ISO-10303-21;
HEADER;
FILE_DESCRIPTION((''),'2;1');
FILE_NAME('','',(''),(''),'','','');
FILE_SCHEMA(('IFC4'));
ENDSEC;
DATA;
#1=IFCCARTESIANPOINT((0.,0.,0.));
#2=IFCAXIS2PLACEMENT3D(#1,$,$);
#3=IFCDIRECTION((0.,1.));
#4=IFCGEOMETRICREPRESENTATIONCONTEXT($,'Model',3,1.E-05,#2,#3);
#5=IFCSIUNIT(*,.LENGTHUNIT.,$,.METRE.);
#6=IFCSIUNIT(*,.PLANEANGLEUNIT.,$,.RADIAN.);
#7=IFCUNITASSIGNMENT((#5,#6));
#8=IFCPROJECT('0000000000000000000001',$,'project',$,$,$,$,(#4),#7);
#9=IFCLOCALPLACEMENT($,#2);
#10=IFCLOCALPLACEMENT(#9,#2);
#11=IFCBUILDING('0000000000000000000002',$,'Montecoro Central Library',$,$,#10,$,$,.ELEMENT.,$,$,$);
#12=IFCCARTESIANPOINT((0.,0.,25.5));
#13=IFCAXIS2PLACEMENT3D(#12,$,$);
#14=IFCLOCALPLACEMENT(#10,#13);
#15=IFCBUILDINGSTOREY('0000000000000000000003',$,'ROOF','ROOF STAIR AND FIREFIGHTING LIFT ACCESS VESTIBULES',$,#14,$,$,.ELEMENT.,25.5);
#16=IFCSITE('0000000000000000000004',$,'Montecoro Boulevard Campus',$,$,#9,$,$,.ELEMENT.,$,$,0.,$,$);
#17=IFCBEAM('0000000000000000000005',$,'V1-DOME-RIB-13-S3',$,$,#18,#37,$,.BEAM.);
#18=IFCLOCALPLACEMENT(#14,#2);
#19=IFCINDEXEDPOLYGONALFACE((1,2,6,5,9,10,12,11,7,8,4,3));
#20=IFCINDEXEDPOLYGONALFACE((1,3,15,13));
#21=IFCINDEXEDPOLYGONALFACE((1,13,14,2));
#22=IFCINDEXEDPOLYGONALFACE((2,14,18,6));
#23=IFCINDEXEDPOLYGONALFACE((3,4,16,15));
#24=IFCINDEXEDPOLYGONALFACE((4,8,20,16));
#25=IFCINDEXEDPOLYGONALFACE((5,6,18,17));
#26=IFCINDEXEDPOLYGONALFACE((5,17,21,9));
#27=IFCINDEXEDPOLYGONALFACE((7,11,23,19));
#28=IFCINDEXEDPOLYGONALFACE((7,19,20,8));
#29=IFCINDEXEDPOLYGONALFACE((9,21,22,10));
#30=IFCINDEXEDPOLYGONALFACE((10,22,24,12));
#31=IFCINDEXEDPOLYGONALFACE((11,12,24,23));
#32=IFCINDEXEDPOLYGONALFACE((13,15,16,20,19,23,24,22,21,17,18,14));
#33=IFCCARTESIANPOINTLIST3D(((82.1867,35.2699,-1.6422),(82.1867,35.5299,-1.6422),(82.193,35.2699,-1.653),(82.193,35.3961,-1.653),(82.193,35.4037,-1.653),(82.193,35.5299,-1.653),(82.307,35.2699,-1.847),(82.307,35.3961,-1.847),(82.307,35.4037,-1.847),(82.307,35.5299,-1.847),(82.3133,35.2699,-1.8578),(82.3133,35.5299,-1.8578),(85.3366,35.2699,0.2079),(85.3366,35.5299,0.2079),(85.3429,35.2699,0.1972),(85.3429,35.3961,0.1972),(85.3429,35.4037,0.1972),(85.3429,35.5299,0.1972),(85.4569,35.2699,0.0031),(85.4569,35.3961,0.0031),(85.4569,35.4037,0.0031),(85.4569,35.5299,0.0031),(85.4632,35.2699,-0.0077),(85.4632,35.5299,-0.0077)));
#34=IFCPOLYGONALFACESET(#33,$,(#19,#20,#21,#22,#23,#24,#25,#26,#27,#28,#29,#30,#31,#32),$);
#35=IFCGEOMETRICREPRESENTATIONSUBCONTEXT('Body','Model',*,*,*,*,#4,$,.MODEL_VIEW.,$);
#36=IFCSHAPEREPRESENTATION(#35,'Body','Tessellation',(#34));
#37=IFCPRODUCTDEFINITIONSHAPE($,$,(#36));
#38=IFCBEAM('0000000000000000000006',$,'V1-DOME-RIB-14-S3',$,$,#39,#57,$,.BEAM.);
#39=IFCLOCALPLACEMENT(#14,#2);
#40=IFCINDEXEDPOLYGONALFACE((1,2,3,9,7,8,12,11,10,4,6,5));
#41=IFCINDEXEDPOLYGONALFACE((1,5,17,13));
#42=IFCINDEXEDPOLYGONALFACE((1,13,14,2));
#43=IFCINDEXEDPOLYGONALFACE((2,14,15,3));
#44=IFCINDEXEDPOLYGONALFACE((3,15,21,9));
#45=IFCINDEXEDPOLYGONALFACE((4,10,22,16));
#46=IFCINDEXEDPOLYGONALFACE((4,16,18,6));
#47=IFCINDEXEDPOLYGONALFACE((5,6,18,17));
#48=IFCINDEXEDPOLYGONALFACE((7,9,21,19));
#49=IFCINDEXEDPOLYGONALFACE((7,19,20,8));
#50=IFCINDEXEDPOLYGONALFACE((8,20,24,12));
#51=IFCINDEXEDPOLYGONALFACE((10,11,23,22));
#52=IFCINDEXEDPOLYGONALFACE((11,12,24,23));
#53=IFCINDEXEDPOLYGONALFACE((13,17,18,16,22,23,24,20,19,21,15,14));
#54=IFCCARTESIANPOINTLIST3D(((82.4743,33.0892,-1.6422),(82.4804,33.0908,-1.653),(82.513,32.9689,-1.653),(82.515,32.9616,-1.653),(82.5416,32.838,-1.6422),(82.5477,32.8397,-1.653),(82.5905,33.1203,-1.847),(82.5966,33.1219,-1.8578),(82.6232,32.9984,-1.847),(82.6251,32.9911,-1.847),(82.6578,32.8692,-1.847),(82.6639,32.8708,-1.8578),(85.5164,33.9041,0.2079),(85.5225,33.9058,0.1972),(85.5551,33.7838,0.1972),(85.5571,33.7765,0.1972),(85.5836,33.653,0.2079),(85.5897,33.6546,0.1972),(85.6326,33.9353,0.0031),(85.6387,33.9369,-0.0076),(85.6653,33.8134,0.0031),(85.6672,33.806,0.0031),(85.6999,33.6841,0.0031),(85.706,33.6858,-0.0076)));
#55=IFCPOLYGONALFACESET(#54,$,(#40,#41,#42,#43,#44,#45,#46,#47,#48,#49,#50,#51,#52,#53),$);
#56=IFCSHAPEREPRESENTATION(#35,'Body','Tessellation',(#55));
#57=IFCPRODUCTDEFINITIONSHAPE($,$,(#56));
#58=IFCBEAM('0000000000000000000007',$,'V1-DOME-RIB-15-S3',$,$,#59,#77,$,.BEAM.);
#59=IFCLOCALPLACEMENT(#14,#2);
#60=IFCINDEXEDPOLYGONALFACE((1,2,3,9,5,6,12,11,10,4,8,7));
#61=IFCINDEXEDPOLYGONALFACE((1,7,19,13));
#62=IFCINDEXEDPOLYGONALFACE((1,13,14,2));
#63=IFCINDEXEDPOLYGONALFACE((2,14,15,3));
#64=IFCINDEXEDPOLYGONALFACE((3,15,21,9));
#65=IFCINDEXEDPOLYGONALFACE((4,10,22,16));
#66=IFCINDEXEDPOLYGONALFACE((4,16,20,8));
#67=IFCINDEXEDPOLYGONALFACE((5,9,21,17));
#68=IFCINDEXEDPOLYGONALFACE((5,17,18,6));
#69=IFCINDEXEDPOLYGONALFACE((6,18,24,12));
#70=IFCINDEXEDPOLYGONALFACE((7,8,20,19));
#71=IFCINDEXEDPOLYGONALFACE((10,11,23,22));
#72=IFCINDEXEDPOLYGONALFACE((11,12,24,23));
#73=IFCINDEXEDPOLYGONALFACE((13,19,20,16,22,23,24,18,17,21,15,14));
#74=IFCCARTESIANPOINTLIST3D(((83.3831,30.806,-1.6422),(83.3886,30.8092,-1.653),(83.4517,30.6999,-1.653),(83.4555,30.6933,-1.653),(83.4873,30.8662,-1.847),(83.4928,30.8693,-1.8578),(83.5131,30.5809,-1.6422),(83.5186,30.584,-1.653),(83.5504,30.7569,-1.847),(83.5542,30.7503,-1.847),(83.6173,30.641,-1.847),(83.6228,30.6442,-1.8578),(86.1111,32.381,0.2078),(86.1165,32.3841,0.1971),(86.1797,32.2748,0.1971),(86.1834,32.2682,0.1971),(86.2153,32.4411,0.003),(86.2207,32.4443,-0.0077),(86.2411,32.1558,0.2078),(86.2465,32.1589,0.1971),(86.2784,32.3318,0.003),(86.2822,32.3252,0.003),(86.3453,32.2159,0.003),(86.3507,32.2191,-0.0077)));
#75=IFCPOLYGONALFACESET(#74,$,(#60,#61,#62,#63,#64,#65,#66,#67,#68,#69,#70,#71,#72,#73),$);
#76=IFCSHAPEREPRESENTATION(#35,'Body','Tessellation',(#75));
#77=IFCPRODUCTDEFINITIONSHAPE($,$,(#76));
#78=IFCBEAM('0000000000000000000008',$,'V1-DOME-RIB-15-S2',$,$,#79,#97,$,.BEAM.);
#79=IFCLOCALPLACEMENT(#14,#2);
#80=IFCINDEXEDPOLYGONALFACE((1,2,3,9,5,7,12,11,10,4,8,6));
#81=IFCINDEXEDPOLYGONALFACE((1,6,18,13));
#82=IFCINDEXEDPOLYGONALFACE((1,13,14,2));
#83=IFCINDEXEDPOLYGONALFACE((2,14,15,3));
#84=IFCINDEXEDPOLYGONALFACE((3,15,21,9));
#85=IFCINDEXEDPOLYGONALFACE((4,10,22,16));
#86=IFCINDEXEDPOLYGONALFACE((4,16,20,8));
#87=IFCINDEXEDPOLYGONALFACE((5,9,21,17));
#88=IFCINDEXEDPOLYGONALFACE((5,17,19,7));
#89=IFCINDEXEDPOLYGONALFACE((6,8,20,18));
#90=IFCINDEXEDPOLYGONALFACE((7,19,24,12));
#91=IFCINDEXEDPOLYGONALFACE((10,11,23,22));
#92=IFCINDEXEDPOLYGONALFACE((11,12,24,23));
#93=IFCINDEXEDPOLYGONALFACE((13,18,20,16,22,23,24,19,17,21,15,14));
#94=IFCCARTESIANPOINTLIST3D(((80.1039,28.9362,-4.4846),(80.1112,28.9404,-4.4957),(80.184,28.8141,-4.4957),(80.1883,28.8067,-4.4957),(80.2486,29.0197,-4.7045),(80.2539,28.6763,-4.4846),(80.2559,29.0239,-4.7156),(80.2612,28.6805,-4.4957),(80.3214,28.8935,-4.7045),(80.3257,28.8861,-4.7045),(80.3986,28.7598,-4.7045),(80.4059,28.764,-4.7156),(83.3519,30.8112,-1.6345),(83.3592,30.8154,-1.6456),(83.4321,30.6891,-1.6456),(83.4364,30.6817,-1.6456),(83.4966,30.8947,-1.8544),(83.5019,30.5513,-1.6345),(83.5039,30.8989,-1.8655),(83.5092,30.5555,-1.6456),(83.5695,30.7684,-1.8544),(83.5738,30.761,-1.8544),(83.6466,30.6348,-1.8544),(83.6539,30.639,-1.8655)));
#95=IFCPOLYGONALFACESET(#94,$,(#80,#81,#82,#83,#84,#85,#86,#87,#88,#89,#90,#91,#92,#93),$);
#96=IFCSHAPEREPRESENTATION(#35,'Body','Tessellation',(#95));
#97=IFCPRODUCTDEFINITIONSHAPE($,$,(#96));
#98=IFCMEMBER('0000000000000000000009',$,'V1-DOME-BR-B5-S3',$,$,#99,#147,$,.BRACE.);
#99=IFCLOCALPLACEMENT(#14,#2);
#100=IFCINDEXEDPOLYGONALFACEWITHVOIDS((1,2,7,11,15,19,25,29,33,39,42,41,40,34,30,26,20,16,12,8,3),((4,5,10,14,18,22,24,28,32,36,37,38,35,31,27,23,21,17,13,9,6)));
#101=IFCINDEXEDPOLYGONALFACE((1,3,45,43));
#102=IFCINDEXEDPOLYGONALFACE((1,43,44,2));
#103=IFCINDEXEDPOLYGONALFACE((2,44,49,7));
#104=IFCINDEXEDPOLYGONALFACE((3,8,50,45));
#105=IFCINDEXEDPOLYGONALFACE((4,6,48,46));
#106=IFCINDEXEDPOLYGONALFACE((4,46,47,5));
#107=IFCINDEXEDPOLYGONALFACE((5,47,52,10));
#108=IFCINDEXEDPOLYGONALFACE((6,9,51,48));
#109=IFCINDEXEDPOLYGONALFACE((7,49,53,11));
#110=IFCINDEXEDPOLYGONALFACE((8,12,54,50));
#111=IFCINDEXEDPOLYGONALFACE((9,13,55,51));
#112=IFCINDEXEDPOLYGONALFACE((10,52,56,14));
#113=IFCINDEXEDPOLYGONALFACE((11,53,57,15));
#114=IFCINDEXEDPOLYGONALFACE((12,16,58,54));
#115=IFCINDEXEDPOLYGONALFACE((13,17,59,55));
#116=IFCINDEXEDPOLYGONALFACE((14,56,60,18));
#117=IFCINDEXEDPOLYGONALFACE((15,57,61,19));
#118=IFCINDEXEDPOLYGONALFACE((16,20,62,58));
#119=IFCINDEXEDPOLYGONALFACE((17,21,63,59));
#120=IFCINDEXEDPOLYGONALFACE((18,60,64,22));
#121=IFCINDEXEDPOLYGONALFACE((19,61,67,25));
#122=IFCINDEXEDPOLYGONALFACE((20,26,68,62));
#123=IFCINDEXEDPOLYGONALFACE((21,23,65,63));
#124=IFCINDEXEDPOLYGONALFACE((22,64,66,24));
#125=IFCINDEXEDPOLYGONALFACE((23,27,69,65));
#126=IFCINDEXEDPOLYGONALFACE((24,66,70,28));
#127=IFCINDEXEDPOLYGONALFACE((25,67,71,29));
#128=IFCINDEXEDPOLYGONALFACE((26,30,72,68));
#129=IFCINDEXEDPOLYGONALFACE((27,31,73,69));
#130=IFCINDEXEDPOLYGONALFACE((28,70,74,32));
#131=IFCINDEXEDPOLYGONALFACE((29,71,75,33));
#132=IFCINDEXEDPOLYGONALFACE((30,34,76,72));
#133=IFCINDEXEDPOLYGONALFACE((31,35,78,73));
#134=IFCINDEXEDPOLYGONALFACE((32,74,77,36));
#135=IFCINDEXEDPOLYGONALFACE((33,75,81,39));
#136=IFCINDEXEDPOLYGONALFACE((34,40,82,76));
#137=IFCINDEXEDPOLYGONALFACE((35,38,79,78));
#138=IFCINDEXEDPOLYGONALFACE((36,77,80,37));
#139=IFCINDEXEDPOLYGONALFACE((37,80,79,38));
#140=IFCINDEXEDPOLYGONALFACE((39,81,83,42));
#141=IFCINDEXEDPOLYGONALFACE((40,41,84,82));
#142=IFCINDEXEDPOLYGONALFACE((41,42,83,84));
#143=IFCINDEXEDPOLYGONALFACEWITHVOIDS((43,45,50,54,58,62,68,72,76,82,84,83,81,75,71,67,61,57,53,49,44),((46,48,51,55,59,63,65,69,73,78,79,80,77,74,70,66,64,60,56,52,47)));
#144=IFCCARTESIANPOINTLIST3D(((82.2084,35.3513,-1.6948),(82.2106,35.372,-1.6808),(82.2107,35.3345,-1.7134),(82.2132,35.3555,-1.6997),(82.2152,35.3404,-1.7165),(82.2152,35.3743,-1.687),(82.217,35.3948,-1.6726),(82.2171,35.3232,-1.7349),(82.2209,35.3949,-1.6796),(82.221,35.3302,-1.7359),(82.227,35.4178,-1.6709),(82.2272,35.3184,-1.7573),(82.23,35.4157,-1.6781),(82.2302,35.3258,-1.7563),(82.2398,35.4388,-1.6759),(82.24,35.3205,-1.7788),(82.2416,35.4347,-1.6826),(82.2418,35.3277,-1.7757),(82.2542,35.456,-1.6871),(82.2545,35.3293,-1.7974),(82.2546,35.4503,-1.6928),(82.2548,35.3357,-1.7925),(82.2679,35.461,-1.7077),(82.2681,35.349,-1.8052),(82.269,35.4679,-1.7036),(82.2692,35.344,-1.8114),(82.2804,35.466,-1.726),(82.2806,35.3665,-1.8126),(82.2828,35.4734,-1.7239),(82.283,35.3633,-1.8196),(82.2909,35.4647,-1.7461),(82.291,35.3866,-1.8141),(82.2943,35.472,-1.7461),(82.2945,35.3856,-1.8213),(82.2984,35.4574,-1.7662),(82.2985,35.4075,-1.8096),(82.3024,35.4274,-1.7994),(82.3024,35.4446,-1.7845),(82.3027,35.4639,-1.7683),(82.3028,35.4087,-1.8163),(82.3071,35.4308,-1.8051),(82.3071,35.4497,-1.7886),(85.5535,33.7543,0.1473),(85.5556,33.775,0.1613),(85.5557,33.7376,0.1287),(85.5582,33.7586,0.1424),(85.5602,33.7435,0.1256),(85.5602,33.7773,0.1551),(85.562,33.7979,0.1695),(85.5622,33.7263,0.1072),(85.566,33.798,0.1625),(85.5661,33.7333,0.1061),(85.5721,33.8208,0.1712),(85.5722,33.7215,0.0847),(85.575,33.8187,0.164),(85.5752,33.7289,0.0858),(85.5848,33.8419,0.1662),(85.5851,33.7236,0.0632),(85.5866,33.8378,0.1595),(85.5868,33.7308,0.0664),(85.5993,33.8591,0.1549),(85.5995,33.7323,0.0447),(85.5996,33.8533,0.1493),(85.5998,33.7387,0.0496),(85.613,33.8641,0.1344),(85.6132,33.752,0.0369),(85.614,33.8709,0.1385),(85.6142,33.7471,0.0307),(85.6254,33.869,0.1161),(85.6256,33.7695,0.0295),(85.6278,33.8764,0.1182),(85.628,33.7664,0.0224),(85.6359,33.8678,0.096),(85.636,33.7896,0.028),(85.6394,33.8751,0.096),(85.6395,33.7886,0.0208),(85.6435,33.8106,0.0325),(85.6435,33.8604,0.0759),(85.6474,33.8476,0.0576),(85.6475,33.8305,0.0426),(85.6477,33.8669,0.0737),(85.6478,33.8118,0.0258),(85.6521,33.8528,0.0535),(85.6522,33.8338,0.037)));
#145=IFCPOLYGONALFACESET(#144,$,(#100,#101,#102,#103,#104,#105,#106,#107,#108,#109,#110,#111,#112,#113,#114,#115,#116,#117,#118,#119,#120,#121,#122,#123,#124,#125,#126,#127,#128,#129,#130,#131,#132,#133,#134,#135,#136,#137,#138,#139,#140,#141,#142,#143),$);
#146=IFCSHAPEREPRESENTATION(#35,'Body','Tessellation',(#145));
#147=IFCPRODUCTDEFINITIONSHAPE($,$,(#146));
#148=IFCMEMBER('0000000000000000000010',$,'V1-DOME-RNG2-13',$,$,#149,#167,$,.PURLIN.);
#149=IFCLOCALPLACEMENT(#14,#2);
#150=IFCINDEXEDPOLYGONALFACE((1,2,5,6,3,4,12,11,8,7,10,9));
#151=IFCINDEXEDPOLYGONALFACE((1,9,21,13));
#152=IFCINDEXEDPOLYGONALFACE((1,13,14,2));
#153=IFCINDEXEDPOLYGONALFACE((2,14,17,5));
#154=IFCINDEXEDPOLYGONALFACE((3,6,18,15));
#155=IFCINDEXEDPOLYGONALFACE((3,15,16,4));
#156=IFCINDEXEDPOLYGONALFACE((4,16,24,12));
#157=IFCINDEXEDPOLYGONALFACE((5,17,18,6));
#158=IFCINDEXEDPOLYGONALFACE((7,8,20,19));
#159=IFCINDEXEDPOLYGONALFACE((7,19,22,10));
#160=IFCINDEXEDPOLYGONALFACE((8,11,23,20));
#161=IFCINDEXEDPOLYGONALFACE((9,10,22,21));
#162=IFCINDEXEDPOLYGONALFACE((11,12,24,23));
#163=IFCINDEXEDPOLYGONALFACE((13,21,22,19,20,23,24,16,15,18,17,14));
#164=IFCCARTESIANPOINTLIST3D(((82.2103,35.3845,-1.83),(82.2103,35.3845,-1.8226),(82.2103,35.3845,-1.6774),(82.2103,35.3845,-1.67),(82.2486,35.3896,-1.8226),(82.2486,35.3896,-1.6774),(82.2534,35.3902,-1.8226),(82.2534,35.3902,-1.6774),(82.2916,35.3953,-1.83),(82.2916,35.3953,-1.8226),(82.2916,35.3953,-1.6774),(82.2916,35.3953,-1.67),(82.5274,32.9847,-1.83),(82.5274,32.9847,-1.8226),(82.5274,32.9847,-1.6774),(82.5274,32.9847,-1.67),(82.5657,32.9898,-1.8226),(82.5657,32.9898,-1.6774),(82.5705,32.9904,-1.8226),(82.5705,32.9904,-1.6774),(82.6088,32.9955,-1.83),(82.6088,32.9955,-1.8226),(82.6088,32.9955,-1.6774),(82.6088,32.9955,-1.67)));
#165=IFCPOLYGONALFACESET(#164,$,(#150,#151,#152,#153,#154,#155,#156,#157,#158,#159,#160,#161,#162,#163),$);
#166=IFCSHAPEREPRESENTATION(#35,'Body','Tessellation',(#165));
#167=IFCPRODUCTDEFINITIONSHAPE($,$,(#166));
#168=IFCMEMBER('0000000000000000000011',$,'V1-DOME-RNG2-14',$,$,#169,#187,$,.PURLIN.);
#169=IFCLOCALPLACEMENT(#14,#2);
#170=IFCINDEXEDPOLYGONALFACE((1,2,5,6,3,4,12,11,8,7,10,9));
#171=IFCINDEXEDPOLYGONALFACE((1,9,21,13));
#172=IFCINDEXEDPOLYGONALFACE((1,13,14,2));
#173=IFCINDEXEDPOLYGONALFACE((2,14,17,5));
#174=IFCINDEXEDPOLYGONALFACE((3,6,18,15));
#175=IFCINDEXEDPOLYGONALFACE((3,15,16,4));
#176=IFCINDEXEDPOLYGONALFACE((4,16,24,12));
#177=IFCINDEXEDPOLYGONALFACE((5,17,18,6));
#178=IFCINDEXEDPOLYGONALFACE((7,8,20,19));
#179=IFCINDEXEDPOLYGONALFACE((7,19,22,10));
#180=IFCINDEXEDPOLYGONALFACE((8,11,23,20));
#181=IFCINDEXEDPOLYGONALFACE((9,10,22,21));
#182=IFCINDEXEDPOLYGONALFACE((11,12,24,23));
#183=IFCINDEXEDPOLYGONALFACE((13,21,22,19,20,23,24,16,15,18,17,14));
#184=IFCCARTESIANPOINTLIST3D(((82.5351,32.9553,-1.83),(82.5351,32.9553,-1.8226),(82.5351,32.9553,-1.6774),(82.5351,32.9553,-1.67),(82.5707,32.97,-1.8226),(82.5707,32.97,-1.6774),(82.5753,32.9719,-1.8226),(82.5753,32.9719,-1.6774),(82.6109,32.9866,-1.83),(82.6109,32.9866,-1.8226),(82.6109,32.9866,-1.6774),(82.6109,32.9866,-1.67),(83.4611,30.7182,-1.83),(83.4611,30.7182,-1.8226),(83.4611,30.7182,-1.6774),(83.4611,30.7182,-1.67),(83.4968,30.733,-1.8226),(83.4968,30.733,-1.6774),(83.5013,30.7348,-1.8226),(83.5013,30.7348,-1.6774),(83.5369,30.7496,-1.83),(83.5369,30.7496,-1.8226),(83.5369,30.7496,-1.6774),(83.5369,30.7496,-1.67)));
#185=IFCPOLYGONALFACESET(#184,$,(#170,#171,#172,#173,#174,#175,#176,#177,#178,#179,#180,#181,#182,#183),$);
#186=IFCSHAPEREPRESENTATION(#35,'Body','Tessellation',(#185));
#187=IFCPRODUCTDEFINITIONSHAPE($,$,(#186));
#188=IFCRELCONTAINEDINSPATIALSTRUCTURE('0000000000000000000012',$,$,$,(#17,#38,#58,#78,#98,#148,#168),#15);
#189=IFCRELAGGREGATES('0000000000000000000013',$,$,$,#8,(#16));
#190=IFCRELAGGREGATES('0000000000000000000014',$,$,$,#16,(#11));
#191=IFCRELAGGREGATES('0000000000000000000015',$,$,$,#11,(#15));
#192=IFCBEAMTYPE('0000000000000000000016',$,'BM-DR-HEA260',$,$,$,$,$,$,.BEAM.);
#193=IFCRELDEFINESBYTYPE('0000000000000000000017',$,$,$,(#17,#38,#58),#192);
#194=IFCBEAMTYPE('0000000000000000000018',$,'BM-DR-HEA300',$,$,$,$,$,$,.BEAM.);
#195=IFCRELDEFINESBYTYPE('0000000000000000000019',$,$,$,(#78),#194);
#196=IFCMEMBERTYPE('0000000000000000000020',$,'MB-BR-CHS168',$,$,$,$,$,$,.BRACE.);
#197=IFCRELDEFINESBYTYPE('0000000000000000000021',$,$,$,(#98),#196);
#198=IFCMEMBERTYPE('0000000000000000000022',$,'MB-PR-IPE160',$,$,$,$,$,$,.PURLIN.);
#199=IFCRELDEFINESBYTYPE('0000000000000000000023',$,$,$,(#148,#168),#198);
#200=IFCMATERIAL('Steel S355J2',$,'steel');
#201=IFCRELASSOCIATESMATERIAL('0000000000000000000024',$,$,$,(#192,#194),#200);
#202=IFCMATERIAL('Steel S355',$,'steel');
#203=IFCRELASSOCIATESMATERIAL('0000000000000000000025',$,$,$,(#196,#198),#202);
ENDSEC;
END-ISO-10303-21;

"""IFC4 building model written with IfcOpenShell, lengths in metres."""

from ifc_helpers import new_model, si_unit, direction, frame, origin, origin_2d, place, context, subcontext, project, spatial, hollow_circle, i_section, extrude, material, material_profile, profile_set, type_object, element, save


model = new_model("IFC4")

# Units and contexts
model_context = context("Model", 3, precision=1e-05, world=origin(), true_north=direction((0.0, 1.0)))
body_context = subcontext(model_context, "Body", "Model", "MODEL_VIEW")
ifc_project = project(units=[si_unit("LENGTHUNIT", "METRE"), si_unit("PLANEANGLEUNIT", "RADIAN")], contexts=[model_context])

# Site, building, storey
site_placement = place(None, origin())
site = spatial("IfcSite", under=ifc_project, at=site_placement, Name="Montecoro Boulevard Campus", CompositionType="ELEMENT", RefElevation=0.0)
building_placement = place(site_placement, origin())
building = spatial("IfcBuilding", under=site, at=building_placement, Name="Montecoro Central Library", CompositionType="ELEMENT")
storey_placement = place(building_placement, frame((0.0, 0.0, 25.5)))
storey = spatial("IfcBuildingStorey", under=building, at=storey_placement, Name="ROOF", Description="ROOF STAIR AND FIREFIGHTING LIFT ACCESS VESTIBULES", CompositionType="ELEMENT", Elevation=25.5)

# Beams
ifc_material_1 = material(Name="Steel S355J2", Category="steel")
ifc_material_profile_1 = material_profile(ifc_material_1, i_section(OverallWidth=0.26, OverallDepth=0.25, WebThickness=0.0076, FlangeThickness=0.0125, at=origin_2d()), Name="HEA 260")
ifc_profile_set_1 = profile_set([ifc_material_profile_1], Name="Steel S355J2")
beam_type_1 = type_object("IfcBeamType", Name="BM-DR-HEA260", PredefinedType="BEAM", material=ifc_profile_set_1)
beam_1_placement = place(storey_placement, frame((82.25, 35.3999, -1.75), z_axis=(0.862267, 0.0, 0.506453), x_axis=(0.0, 1.0, 0.0)))
element("IfcBeam", 1, at=beam_1_placement, inside=storey, type_object=beam_type_1, Name="V1-DOME-RIB-13-S3", PredefinedType="BEAM", context=body_context, shape_type="SweptSolid", body=[
    extrude(i_section(OverallWidth=0.26, OverallDepth=0.25, WebThickness=0.0076, FlangeThickness=0.0125, at=origin_2d()), origin(), (0.0, 0.0, 1.0), 3.6531),
])
beam_2_placement = place(storey_placement, frame((82.5691, 32.98, -1.75), z_axis=(0.832854, 0.223119, 0.50653), x_axis=(-0.258772, 0.965938, 0.0)))
element("IfcBeam", 2, at=beam_2_placement, inside=storey, type_object=beam_type_1, Name="V1-DOME-RIB-14-S3", PredefinedType="BEAM", context=body_context, shape_type="SweptSolid", body=[
    extrude(i_section(OverallWidth=0.26, OverallDepth=0.25, WebThickness=0.0076, FlangeThickness=0.0125, at=origin_2d()), origin(), (0.0, 0.0, 1.0), 3.6526),
])
beam_3_placement = place(storey_placement, frame((83.5029, 30.7251, -1.75), z_axis=(0.746761, 0.431122, 0.50644), x_axis=(-0.499982, 0.866036, 0.0)))
element("IfcBeam", 3, at=beam_3_placement, inside=storey, type_object=beam_type_1, Name="V1-DOME-RIB-15-S3", PredefinedType="BEAM", context=body_context, shape_type="SweptSolid", body=[
    extrude(i_section(OverallWidth=0.26, OverallDepth=0.25, WebThickness=0.0076, FlangeThickness=0.0125, at=origin_2d()), origin(), (0.0, 0.0, 1.0), 3.6531),
])
ifc_material_profile_2 = material_profile(ifc_material_1, i_section(OverallWidth=0.3, OverallDepth=0.29, WebThickness=0.0085, FlangeThickness=0.0139, at=origin_2d()), Name="HEA 300")
ifc_profile_set_2 = profile_set([ifc_material_profile_2], Name="Steel S355J2")
beam_type_2 = type_object("IfcBeamType", Name="BM-DR-HEA300", PredefinedType="BEAM", material=ifc_profile_set_2)
beam_4_placement = place(storey_placement, frame((80.2549, 28.8501, -4.6001), z_axis=(0.689538, 0.39805, 0.605056), x_axis=(-0.499948, 0.866056, 0.0)))
element("IfcBeam", 4, at=beam_4_placement, inside=storey, type_object=beam_type_2, Name="V1-DOME-RIB-15-S2", PredefinedType="BEAM", context=body_context, shape_type="SweptSolid", body=[
    extrude(i_section(OverallWidth=0.3, OverallDepth=0.29, WebThickness=0.0085, FlangeThickness=0.0139, at=origin_2d()), origin(), (0.0, 0.0, 1.0), 4.7104),
])

# Members
ifc_material_2 = material(Name="Steel S355", Category="steel")
ifc_material_profile_3 = material_profile(ifc_material_2, hollow_circle(Radius=0.0842, WallThickness=0.0081, at=origin_2d()), Name="CHS 168.3x8.0")
ifc_profile_set_3 = profile_set([ifc_material_profile_3], Name="Steel S355")
member_type_1 = type_object("IfcMemberType", Name="MB-BR-CHS168", PredefinedType="BRACE", material=ifc_profile_set_3)
member_1_placement = place(storey_placement, frame((82.2581, 35.396, -1.7461), z_axis=(0.808141, -0.385815, 0.445035), x_axis=(0.430831, 0.902433, 0.0)))
element("IfcMember", 5, at=member_1_placement, inside=storey, type_object=member_type_1, Name="V1-DOME-BR-B5-S3", PredefinedType="BRACE", context=body_context, shape_type="SweptSolid", body=[
    extrude(hollow_circle(Radius=0.0842, WallThickness=0.0081, at=origin_2d()), origin(), (0.0, 0.0, 1.0), 4.1392),
])
ifc_material_profile_4 = material_profile(ifc_material_2, i_section(OverallWidth=0.082, OverallDepth=0.1599, WebThickness=0.0049, FlangeThickness=0.0073, at=origin_2d()), Name="IPE 160")
ifc_profile_set_4 = profile_set([ifc_material_profile_4], Name="Steel S355")
member_type_2 = type_object("IfcMemberType", Name="MB-PR-IPE160", PredefinedType="PURLIN", material=ifc_profile_set_4)
member_2_placement = place(storey_placement, frame((82.251, 35.3899, -1.75), z_axis=(0.131008, -0.991381, 0.0), x_axis=(0.991381, 0.131008, 0.0)))
element("IfcMember", 6, at=member_2_placement, inside=storey, type_object=member_type_2, Name="V1-DOME-RNG2-13", PredefinedType="PURLIN", context=body_context, shape_type="SweptSolid", body=[
    extrude(i_section(OverallWidth=0.082, OverallDepth=0.1599, WebThickness=0.0049, FlangeThickness=0.0073, at=origin_2d()), origin(), (0.0, 0.0, 1.0), 2.4207),
])
member_3_placement = place(storey_placement, frame((82.573, 32.9709, -1.75), z_axis=(0.382474, -0.923966, 0.0), x_axis=(0.923966, 0.382474, 0.0)))
element("IfcMember", 7, at=member_3_placement, inside=storey, type_object=member_type_2, Name="V1-DOME-RNG2-14", PredefinedType="PURLIN", context=body_context, shape_type="SweptSolid", body=[
    extrude(i_section(OverallWidth=0.082, OverallDepth=0.1599, WebThickness=0.0049, FlangeThickness=0.0073, at=origin_2d()), origin(), (0.0, 0.0, 1.0), 2.4211),
])

save(model, "model.ifc")
